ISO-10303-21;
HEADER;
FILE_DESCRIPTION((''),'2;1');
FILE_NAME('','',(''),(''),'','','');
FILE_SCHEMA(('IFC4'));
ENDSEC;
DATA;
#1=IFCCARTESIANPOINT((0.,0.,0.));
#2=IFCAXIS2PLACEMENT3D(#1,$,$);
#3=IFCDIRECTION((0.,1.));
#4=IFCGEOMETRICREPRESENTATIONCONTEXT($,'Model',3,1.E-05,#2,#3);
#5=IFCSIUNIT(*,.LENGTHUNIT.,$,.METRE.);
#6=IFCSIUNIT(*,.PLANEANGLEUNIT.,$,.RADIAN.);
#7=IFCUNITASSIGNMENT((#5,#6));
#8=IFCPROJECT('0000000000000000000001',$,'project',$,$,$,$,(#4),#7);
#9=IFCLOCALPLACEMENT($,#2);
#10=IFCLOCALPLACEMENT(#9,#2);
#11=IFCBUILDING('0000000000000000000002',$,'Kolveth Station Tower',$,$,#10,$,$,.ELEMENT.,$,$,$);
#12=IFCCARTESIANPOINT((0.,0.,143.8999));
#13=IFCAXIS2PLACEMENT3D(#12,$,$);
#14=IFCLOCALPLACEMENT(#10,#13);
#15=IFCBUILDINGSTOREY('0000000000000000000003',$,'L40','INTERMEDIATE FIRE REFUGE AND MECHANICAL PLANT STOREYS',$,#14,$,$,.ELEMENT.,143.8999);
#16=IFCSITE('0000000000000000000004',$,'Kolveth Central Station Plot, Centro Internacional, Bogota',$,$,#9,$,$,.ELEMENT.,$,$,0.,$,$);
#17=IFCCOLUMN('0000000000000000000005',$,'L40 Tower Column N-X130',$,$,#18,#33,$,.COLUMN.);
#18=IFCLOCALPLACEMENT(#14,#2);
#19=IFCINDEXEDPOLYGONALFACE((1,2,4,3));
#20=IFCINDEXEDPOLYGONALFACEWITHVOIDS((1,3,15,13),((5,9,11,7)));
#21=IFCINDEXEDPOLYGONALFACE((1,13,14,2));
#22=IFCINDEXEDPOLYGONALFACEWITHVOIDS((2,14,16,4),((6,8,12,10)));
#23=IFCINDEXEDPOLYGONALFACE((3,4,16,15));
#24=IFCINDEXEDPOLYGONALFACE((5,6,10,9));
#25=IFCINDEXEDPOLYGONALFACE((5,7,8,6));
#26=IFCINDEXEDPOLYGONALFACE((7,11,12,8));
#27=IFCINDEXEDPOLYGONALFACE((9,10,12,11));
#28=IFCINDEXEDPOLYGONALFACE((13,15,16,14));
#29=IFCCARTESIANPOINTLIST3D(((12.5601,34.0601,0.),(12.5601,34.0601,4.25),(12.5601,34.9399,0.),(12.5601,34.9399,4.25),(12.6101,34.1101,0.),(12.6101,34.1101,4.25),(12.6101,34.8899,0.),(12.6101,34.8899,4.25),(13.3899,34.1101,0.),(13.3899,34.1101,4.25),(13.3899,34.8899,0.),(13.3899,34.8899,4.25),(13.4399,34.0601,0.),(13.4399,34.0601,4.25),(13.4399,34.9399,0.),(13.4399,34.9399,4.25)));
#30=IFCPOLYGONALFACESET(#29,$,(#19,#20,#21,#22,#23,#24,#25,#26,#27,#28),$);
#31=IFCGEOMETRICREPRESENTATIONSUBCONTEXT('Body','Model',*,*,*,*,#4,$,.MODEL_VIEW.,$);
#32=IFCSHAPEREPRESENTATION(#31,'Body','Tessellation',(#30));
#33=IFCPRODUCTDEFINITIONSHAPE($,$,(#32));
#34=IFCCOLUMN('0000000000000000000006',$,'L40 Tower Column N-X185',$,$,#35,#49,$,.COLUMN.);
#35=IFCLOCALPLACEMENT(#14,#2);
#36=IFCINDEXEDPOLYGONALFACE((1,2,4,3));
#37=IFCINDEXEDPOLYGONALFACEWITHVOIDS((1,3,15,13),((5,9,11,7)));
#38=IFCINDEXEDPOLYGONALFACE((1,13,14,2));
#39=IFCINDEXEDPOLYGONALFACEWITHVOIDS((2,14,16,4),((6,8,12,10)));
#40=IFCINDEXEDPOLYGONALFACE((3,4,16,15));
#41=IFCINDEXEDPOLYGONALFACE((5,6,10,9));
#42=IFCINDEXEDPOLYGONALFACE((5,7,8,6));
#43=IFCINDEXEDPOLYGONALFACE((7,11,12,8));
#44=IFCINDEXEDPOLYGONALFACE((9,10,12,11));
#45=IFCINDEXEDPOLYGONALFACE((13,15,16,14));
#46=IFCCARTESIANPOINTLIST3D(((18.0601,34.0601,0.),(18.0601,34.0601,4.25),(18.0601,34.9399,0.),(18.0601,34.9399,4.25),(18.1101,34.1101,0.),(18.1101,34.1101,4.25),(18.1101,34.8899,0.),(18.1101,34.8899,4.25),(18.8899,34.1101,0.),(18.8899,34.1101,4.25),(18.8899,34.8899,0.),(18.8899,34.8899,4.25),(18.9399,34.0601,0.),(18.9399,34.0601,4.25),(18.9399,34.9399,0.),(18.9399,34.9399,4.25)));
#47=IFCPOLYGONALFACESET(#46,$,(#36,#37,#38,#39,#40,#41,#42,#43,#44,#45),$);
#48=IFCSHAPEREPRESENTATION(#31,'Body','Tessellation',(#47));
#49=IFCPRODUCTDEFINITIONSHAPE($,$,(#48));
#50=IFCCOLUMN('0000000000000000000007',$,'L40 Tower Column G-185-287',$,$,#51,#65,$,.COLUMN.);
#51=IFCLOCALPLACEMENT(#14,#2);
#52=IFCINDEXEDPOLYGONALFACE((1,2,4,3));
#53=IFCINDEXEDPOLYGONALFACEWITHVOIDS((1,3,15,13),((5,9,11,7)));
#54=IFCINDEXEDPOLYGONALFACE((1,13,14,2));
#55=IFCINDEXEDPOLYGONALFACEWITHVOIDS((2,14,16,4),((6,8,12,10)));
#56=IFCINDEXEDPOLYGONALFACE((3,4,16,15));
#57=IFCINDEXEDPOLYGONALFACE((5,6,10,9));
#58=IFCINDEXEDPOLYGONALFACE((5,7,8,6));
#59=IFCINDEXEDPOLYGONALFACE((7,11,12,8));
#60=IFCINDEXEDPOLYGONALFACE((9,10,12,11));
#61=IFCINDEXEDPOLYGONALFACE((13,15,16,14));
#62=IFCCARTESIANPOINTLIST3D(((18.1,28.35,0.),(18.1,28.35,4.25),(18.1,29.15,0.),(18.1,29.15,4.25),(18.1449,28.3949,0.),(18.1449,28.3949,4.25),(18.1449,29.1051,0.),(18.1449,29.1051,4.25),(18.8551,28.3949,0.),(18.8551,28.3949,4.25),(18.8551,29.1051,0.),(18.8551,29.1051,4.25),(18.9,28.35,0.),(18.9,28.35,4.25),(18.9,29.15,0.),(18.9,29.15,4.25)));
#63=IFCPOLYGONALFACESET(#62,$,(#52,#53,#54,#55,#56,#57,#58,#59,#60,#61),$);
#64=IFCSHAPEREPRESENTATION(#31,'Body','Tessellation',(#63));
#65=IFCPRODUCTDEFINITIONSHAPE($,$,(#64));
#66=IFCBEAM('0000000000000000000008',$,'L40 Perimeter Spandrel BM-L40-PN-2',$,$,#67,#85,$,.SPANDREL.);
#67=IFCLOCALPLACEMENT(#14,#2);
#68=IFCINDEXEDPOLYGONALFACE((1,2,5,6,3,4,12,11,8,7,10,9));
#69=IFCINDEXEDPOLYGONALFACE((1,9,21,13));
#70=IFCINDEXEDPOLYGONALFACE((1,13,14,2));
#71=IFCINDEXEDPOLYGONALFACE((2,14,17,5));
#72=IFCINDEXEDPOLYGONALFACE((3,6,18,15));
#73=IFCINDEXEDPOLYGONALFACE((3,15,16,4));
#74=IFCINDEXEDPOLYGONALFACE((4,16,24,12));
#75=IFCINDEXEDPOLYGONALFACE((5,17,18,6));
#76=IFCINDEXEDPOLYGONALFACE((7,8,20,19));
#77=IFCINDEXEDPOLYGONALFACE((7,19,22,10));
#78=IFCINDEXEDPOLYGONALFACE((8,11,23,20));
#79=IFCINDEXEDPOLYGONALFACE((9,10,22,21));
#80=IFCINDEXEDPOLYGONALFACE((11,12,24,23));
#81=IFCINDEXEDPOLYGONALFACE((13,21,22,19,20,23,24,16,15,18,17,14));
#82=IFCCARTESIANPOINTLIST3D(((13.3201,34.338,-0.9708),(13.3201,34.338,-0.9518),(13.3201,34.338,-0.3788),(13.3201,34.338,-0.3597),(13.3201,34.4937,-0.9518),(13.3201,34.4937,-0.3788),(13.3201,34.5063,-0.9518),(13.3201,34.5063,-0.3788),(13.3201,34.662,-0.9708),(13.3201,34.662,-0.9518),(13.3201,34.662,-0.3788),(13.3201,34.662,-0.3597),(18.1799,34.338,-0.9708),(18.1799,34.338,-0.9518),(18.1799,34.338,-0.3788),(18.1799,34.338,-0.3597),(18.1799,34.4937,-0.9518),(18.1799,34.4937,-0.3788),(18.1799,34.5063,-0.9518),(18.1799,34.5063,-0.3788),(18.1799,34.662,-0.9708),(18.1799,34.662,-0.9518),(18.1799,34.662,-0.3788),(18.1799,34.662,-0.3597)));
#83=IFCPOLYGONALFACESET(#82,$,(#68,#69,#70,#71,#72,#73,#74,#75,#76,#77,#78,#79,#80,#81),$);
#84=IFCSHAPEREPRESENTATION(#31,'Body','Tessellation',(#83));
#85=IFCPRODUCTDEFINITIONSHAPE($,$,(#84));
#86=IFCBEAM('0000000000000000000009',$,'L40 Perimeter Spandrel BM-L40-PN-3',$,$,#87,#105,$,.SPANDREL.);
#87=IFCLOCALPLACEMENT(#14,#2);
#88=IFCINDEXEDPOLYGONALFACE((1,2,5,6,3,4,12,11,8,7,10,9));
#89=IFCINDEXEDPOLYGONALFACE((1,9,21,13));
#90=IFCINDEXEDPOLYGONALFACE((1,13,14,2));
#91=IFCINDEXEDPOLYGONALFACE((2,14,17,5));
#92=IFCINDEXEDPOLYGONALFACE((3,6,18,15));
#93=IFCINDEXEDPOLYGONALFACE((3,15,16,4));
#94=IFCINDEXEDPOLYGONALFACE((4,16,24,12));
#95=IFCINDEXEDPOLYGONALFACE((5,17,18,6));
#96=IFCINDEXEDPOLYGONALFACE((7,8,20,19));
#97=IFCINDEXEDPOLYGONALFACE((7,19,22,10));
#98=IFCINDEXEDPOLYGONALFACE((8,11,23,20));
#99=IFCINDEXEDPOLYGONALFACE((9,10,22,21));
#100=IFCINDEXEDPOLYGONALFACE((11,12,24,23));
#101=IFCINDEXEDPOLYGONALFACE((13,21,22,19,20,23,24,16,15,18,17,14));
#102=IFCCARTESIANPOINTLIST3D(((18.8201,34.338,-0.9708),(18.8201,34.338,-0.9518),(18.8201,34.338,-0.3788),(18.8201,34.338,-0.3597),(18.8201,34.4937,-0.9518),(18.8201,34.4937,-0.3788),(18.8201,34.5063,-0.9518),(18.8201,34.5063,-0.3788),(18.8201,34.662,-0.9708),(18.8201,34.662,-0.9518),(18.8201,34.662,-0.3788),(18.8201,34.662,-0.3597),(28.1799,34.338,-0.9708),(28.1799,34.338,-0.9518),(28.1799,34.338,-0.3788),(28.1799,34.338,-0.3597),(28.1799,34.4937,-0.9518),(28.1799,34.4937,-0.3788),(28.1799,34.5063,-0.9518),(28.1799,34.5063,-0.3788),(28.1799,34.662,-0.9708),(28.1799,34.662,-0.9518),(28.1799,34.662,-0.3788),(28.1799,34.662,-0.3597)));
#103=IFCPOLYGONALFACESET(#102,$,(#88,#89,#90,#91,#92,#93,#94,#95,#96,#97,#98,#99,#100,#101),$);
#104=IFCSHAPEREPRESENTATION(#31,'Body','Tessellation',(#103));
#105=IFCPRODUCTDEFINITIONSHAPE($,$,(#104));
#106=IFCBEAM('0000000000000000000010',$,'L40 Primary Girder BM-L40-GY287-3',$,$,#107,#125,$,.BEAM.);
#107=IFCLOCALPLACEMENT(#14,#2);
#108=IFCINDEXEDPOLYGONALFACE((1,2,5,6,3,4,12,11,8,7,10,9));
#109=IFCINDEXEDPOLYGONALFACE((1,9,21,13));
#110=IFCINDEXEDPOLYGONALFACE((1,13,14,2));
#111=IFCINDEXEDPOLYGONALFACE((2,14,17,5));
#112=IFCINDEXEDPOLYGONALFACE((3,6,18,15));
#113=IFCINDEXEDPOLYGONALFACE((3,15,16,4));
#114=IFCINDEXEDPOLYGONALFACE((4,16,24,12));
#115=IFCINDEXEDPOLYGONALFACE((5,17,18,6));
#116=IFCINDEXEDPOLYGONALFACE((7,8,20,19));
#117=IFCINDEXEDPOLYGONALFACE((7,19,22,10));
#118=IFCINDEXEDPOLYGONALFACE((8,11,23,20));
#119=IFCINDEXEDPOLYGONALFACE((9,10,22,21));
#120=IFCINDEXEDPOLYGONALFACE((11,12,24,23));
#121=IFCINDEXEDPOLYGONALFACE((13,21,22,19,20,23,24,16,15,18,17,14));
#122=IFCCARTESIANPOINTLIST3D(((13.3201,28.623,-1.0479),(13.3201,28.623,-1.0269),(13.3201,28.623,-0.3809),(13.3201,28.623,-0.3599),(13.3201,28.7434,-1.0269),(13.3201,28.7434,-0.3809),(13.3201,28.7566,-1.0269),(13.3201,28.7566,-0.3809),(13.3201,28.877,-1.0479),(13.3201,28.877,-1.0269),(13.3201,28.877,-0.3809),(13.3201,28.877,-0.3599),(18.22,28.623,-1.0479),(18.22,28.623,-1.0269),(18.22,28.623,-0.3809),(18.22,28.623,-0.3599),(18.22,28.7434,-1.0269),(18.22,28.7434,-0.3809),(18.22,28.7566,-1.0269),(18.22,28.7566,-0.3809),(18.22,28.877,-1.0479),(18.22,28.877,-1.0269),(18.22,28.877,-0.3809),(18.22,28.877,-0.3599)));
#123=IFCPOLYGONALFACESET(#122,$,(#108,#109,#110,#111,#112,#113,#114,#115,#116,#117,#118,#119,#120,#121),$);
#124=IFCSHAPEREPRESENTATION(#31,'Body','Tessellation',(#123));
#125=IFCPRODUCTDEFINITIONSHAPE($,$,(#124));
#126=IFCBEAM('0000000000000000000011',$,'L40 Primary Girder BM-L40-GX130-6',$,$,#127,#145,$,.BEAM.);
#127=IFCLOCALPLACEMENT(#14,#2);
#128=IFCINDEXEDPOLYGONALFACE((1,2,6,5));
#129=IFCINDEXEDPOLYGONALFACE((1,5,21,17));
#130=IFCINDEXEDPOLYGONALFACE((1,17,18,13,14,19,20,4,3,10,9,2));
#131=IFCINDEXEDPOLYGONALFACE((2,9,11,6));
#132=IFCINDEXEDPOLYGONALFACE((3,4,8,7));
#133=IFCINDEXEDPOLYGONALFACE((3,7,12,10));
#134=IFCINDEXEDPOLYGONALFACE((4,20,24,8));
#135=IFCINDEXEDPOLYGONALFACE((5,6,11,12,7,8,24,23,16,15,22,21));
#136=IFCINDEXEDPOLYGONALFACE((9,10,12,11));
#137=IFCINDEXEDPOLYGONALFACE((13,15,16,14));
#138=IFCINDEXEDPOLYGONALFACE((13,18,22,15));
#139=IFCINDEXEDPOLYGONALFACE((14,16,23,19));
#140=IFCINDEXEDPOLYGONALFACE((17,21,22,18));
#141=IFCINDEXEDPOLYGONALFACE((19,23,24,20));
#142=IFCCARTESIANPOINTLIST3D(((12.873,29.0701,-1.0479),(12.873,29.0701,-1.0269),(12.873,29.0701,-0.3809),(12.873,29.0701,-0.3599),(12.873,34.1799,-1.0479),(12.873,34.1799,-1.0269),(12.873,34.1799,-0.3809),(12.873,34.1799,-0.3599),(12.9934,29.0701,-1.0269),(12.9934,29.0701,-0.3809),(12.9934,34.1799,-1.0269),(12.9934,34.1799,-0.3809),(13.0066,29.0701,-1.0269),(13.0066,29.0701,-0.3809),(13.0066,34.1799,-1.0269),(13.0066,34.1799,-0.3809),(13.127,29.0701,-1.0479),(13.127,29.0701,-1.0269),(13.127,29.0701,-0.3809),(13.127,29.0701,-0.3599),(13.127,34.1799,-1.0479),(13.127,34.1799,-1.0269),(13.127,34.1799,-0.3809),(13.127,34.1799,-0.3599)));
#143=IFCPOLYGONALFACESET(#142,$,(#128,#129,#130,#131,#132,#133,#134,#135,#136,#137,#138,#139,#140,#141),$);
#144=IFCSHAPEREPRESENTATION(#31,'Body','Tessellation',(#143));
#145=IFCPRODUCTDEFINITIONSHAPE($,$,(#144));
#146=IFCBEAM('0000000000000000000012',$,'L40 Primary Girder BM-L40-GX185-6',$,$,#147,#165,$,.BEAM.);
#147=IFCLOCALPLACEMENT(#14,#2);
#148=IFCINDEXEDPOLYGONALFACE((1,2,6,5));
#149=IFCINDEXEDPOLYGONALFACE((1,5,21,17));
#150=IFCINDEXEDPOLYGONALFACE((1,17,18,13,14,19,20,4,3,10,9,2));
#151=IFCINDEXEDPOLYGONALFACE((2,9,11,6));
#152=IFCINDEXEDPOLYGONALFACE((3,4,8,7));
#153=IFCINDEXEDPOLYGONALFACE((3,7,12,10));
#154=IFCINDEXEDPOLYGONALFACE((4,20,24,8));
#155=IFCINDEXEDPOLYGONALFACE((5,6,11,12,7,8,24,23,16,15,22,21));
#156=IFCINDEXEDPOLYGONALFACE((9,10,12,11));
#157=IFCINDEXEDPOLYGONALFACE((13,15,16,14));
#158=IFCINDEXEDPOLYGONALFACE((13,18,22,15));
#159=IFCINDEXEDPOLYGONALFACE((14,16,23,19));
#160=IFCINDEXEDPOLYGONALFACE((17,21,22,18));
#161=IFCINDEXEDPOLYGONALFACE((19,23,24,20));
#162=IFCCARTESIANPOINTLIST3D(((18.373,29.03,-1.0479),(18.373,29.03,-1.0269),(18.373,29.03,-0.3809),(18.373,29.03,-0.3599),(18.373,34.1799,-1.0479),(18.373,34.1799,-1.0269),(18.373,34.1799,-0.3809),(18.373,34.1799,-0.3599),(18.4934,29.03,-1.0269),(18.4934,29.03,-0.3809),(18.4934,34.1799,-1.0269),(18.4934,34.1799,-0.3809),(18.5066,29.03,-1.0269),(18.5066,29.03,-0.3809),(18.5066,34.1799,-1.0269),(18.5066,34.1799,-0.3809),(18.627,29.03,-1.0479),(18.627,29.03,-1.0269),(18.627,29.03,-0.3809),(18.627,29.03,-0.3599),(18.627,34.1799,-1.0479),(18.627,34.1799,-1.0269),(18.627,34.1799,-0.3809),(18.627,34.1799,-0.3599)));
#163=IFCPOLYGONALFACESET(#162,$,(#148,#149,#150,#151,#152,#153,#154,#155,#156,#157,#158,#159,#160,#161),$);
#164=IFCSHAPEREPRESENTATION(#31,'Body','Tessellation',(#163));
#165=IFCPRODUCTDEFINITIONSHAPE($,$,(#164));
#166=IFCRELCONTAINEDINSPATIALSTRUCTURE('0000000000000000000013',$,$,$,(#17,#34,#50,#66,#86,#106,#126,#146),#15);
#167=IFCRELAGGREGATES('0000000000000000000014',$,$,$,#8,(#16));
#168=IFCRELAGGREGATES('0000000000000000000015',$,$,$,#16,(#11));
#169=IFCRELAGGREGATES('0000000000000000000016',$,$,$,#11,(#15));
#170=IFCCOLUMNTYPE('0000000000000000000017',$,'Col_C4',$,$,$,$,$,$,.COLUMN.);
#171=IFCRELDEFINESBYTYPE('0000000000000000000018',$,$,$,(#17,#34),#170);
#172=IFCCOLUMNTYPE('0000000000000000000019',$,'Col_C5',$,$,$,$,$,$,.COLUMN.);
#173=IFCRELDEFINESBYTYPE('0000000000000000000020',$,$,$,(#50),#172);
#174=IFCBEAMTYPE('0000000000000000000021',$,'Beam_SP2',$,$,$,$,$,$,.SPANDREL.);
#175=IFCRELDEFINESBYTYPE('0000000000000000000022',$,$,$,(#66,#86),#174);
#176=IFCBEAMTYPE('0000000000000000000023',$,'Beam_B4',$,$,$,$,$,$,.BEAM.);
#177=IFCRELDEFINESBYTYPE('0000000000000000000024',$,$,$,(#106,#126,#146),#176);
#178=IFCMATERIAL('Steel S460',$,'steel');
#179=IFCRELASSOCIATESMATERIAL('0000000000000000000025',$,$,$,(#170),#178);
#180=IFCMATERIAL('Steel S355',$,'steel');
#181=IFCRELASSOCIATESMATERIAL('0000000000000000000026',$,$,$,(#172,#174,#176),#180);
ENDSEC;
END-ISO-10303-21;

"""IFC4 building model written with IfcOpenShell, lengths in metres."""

from ifc_helpers import new_model, si_unit, direction, frame, origin, origin_2d, place, context, subcontext, project, spatial, hollow_rectangle, i_section, extrude, source, transform, mapped, material, material_profile, profile_set, type_object, element, save


model = new_model("IFC4")

# Units and contexts
model_context = context("Model", 3, precision=1e-05, world=origin(), true_north=direction((0.0, 1.0)))
body_context = subcontext(model_context, "Body", "Model", "MODEL_VIEW")
ifc_project = project(units=[si_unit("LENGTHUNIT", "METRE"), si_unit("PLANEANGLEUNIT", "RADIAN")], contexts=[model_context])

# Site, building, storey
site_placement = place(None, origin())
site = spatial("IfcSite", under=ifc_project, at=site_placement, Name="Kolveth Central Station Plot, Centro Internacional, Bogota", CompositionType="ELEMENT", RefElevation=0.0)
building_placement = place(site_placement, origin())
building = spatial("IfcBuilding", under=site, at=building_placement, Name="Kolveth Station Tower", CompositionType="ELEMENT")
storey_placement = place(building_placement, frame((0.0, 0.0, 143.8999)))
storey = spatial("IfcBuildingStorey", under=building, at=storey_placement, Name="L40", Description="INTERMEDIATE FIRE REFUGE AND MECHANICAL PLANT STOREYS", CompositionType="ELEMENT", Elevation=143.8999)

# Columns
ifc_material_1 = material(Name="Steel S460", Category="steel")
ifc_material_profile_1 = material_profile(ifc_material_1, hollow_rectangle(XDim=0.8799, YDim=0.8799, WallThickness=0.05, at=origin_2d()), Name="BOX880x880x50")
ifc_profile_set_1 = profile_set([ifc_material_profile_1], Name="Steel S460")
column_type_1 = type_object("IfcColumnType", Name="Col_C4", PredefinedType="COLUMN", material=ifc_profile_set_1)
shared_shape_1 = source(origin(), body_context, "Body", "SweptSolid", [
    extrude(hollow_rectangle(XDim=0.8799, YDim=0.8799, WallThickness=0.05, at=origin_2d()), origin(), (0.0, 0.0, 1.0), 4.25),
])
for number, where, z_axis, x_axis, name in (
    (1, (13.0, 34.5, 0.0), (0.0, 0.0, 1.0), (1.0, 0.0, 0.0), "L40 Tower Column N-X130"),
    (2, (18.5, 34.5, 0.0), (0.0, 0.0, 1.0), (1.0, 0.0, 0.0), "L40 Tower Column N-X185"),
):
    element("IfcColumn", number, at=place(storey_placement, frame(where, z_axis=z_axis, x_axis=x_axis)), inside=storey, type_object=column_type_1, Name=name, PredefinedType="COLUMN", context=body_context, shape_type="MappedRepresentation", body=[
        mapped(shared_shape_1, transform((0.0, 0.0, 0.0), x_axis=(1.0, 0.0, 0.0), y_axis=(0.0, 1.0, 0.0), z_axis=(0.0, 0.0, 1.0), scale=1.0)),
    ])
ifc_material_2 = material(Name="Steel S355", Category="steel")
ifc_material_profile_2 = material_profile(ifc_material_2, hollow_rectangle(XDim=0.8, YDim=0.8, WallThickness=0.0449, at=origin_2d()), Name="BOX800x800x45")
ifc_profile_set_2 = profile_set([ifc_material_profile_2], Name="Steel S355")
column_type_2 = type_object("IfcColumnType", Name="Col_C5", PredefinedType="COLUMN", material=ifc_profile_set_2)
shared_shape_2 = source(origin(), body_context, "Body", "SweptSolid", [
    extrude(hollow_rectangle(XDim=0.8, YDim=0.8, WallThickness=0.0449, at=origin_2d()), origin(), (0.0, 0.0, 1.0), 4.25),
])
column_placement = place(storey_placement, frame((18.5, 28.75, 0.0), z_axis=(0.0, 0.0, 1.0), x_axis=(1.0, 0.0, 0.0)))
element("IfcColumn", 3, at=column_placement, inside=storey, type_object=column_type_2, Name="L40 Tower Column G-185-287", PredefinedType="COLUMN", context=body_context, shape_type="MappedRepresentation", body=[
    mapped(shared_shape_2, transform((0.0, 0.0, 0.0), x_axis=(1.0, 0.0, 0.0), y_axis=(0.0, 1.0, 0.0), z_axis=(0.0, 0.0, 1.0), scale=1.0)),
])

# Beams
ifc_material_profile_3 = material_profile(ifc_material_2, i_section(OverallWidth=0.324, OverallDepth=0.6111, WebThickness=0.0127, FlangeThickness=0.019, at=origin_2d()), Name="W610x155")
ifc_profile_set_3 = profile_set([ifc_material_profile_3], Name="Steel S355")
beam_type_1 = type_object("IfcBeamType", Name="Beam_SP2", PredefinedType="SPANDREL", material=ifc_profile_set_3)
shared_shape_3 = source(origin(), body_context, "Body", "SweptSolid", [
    extrude(i_section(OverallWidth=0.324, OverallDepth=0.6111, WebThickness=0.0127, FlangeThickness=0.019, at=origin_2d()), origin(), (0.0, 0.0, 1.0), 4.8599),
])
beam_1_placement = place(storey_placement, frame((13.3201, 34.5, -0.6653), z_axis=(1.0, 0.0, 0.0), x_axis=(0.0, 1.0, 0.0)))
element("IfcBeam", 4, at=beam_1_placement, inside=storey, type_object=beam_type_1, Name="L40 Perimeter Spandrel BM-L40-PN-2", PredefinedType="SPANDREL", context=body_context, shape_type="MappedRepresentation", body=[
    mapped(shared_shape_3, transform((0.0, 0.0, 0.0), x_axis=(1.0, 0.0, 0.0), y_axis=(0.0, 1.0, 0.0), z_axis=(0.0, 0.0, 1.0), scale=1.0)),
])
shared_shape_4 = source(origin(), body_context, "Body", "SweptSolid", [
    extrude(i_section(OverallWidth=0.324, OverallDepth=0.6111, WebThickness=0.0127, FlangeThickness=0.019, at=origin_2d()), origin(), (0.0, 0.0, 1.0), 9.3599),
])
beam_2_placement = place(storey_placement, frame((18.8201, 34.5, -0.6653), z_axis=(1.0, 0.0, 0.0), x_axis=(0.0, 1.0, 0.0)))
element("IfcBeam", 5, at=beam_2_placement, inside=storey, type_object=beam_type_1, Name="L40 Perimeter Spandrel BM-L40-PN-3", PredefinedType="SPANDREL", context=body_context, shape_type="MappedRepresentation", body=[
    mapped(shared_shape_4, transform((0.0, 0.0, 0.0), x_axis=(1.0, 0.0, 0.0), y_axis=(0.0, 1.0, 0.0), z_axis=(0.0, 0.0, 1.0), scale=1.0)),
])
ifc_material_profile_4 = material_profile(ifc_material_2, i_section(OverallWidth=0.2539, OverallDepth=0.688, WebThickness=0.0132, FlangeThickness=0.021, at=origin_2d()), Name="W690x152")
ifc_profile_set_4 = profile_set([ifc_material_profile_4], Name="Steel S355")
beam_type_2 = type_object("IfcBeamType", Name="Beam_B4", PredefinedType="BEAM", material=ifc_profile_set_4)
shared_shape_5 = source(origin(), body_context, "Body", "SweptSolid", [
    extrude(i_section(OverallWidth=0.2539, OverallDepth=0.688, WebThickness=0.0132, FlangeThickness=0.021, at=origin_2d()), origin(), (0.0, 0.0, 1.0), 4.8999),
])
beam_3_placement = place(storey_placement, frame((13.3201, 28.75, -0.7039), z_axis=(1.0, 0.0, 0.0), x_axis=(0.0, 1.0, 0.0)))
element("IfcBeam", 6, at=beam_3_placement, inside=storey, type_object=beam_type_2, Name="L40 Primary Girder BM-L40-GY287-3", PredefinedType="BEAM", context=body_context, shape_type="MappedRepresentation", body=[
    mapped(shared_shape_5, transform((0.0, 0.0, 0.0), x_axis=(1.0, 0.0, 0.0), y_axis=(0.0, 1.0, 0.0), z_axis=(0.0, 0.0, 1.0), scale=1.0)),
])
shared_shape_6 = source(origin(), body_context, "Body", "SweptSolid", [
    extrude(i_section(OverallWidth=0.2539, OverallDepth=0.688, WebThickness=0.0132, FlangeThickness=0.021, at=origin_2d()), origin(), (0.0, 0.0, 1.0), 5.1099),
])
beam_4_placement = place(storey_placement, frame((13.0, 29.0701, -0.7039), z_axis=(0.0, 1.0, 0.0), x_axis=(-1.0, 0.0, 0.0)))
element("IfcBeam", 7, at=beam_4_placement, inside=storey, type_object=beam_type_2, Name="L40 Primary Girder BM-L40-GX130-6", PredefinedType="BEAM", context=body_context, shape_type="MappedRepresentation", body=[
    mapped(shared_shape_6, transform((0.0, 0.0, 0.0), x_axis=(1.0, 0.0, 0.0), y_axis=(0.0, 1.0, 0.0), z_axis=(0.0, 0.0, 1.0), scale=1.0)),
])
shared_shape_7 = source(origin(), body_context, "Body", "SweptSolid", [
    extrude(i_section(OverallWidth=0.2539, OverallDepth=0.688, WebThickness=0.0132, FlangeThickness=0.021, at=origin_2d()), origin(), (0.0, 0.0, 1.0), 5.1499),
])
beam_5_placement = place(storey_placement, frame((18.5, 29.03, -0.7039), z_axis=(0.0, 1.0, 0.0), x_axis=(-1.0, 0.0, 0.0)))
element("IfcBeam", 8, at=beam_5_placement, inside=storey, type_object=beam_type_2, Name="L40 Primary Girder BM-L40-GX185-6", PredefinedType="BEAM", context=body_context, shape_type="MappedRepresentation", body=[
    mapped(shared_shape_7, transform((0.0, 0.0, 0.0), x_axis=(1.0, 0.0, 0.0), y_axis=(0.0, 1.0, 0.0), z_axis=(0.0, 0.0, 1.0), scale=1.0)),
])

save(model, "model.ifc")
